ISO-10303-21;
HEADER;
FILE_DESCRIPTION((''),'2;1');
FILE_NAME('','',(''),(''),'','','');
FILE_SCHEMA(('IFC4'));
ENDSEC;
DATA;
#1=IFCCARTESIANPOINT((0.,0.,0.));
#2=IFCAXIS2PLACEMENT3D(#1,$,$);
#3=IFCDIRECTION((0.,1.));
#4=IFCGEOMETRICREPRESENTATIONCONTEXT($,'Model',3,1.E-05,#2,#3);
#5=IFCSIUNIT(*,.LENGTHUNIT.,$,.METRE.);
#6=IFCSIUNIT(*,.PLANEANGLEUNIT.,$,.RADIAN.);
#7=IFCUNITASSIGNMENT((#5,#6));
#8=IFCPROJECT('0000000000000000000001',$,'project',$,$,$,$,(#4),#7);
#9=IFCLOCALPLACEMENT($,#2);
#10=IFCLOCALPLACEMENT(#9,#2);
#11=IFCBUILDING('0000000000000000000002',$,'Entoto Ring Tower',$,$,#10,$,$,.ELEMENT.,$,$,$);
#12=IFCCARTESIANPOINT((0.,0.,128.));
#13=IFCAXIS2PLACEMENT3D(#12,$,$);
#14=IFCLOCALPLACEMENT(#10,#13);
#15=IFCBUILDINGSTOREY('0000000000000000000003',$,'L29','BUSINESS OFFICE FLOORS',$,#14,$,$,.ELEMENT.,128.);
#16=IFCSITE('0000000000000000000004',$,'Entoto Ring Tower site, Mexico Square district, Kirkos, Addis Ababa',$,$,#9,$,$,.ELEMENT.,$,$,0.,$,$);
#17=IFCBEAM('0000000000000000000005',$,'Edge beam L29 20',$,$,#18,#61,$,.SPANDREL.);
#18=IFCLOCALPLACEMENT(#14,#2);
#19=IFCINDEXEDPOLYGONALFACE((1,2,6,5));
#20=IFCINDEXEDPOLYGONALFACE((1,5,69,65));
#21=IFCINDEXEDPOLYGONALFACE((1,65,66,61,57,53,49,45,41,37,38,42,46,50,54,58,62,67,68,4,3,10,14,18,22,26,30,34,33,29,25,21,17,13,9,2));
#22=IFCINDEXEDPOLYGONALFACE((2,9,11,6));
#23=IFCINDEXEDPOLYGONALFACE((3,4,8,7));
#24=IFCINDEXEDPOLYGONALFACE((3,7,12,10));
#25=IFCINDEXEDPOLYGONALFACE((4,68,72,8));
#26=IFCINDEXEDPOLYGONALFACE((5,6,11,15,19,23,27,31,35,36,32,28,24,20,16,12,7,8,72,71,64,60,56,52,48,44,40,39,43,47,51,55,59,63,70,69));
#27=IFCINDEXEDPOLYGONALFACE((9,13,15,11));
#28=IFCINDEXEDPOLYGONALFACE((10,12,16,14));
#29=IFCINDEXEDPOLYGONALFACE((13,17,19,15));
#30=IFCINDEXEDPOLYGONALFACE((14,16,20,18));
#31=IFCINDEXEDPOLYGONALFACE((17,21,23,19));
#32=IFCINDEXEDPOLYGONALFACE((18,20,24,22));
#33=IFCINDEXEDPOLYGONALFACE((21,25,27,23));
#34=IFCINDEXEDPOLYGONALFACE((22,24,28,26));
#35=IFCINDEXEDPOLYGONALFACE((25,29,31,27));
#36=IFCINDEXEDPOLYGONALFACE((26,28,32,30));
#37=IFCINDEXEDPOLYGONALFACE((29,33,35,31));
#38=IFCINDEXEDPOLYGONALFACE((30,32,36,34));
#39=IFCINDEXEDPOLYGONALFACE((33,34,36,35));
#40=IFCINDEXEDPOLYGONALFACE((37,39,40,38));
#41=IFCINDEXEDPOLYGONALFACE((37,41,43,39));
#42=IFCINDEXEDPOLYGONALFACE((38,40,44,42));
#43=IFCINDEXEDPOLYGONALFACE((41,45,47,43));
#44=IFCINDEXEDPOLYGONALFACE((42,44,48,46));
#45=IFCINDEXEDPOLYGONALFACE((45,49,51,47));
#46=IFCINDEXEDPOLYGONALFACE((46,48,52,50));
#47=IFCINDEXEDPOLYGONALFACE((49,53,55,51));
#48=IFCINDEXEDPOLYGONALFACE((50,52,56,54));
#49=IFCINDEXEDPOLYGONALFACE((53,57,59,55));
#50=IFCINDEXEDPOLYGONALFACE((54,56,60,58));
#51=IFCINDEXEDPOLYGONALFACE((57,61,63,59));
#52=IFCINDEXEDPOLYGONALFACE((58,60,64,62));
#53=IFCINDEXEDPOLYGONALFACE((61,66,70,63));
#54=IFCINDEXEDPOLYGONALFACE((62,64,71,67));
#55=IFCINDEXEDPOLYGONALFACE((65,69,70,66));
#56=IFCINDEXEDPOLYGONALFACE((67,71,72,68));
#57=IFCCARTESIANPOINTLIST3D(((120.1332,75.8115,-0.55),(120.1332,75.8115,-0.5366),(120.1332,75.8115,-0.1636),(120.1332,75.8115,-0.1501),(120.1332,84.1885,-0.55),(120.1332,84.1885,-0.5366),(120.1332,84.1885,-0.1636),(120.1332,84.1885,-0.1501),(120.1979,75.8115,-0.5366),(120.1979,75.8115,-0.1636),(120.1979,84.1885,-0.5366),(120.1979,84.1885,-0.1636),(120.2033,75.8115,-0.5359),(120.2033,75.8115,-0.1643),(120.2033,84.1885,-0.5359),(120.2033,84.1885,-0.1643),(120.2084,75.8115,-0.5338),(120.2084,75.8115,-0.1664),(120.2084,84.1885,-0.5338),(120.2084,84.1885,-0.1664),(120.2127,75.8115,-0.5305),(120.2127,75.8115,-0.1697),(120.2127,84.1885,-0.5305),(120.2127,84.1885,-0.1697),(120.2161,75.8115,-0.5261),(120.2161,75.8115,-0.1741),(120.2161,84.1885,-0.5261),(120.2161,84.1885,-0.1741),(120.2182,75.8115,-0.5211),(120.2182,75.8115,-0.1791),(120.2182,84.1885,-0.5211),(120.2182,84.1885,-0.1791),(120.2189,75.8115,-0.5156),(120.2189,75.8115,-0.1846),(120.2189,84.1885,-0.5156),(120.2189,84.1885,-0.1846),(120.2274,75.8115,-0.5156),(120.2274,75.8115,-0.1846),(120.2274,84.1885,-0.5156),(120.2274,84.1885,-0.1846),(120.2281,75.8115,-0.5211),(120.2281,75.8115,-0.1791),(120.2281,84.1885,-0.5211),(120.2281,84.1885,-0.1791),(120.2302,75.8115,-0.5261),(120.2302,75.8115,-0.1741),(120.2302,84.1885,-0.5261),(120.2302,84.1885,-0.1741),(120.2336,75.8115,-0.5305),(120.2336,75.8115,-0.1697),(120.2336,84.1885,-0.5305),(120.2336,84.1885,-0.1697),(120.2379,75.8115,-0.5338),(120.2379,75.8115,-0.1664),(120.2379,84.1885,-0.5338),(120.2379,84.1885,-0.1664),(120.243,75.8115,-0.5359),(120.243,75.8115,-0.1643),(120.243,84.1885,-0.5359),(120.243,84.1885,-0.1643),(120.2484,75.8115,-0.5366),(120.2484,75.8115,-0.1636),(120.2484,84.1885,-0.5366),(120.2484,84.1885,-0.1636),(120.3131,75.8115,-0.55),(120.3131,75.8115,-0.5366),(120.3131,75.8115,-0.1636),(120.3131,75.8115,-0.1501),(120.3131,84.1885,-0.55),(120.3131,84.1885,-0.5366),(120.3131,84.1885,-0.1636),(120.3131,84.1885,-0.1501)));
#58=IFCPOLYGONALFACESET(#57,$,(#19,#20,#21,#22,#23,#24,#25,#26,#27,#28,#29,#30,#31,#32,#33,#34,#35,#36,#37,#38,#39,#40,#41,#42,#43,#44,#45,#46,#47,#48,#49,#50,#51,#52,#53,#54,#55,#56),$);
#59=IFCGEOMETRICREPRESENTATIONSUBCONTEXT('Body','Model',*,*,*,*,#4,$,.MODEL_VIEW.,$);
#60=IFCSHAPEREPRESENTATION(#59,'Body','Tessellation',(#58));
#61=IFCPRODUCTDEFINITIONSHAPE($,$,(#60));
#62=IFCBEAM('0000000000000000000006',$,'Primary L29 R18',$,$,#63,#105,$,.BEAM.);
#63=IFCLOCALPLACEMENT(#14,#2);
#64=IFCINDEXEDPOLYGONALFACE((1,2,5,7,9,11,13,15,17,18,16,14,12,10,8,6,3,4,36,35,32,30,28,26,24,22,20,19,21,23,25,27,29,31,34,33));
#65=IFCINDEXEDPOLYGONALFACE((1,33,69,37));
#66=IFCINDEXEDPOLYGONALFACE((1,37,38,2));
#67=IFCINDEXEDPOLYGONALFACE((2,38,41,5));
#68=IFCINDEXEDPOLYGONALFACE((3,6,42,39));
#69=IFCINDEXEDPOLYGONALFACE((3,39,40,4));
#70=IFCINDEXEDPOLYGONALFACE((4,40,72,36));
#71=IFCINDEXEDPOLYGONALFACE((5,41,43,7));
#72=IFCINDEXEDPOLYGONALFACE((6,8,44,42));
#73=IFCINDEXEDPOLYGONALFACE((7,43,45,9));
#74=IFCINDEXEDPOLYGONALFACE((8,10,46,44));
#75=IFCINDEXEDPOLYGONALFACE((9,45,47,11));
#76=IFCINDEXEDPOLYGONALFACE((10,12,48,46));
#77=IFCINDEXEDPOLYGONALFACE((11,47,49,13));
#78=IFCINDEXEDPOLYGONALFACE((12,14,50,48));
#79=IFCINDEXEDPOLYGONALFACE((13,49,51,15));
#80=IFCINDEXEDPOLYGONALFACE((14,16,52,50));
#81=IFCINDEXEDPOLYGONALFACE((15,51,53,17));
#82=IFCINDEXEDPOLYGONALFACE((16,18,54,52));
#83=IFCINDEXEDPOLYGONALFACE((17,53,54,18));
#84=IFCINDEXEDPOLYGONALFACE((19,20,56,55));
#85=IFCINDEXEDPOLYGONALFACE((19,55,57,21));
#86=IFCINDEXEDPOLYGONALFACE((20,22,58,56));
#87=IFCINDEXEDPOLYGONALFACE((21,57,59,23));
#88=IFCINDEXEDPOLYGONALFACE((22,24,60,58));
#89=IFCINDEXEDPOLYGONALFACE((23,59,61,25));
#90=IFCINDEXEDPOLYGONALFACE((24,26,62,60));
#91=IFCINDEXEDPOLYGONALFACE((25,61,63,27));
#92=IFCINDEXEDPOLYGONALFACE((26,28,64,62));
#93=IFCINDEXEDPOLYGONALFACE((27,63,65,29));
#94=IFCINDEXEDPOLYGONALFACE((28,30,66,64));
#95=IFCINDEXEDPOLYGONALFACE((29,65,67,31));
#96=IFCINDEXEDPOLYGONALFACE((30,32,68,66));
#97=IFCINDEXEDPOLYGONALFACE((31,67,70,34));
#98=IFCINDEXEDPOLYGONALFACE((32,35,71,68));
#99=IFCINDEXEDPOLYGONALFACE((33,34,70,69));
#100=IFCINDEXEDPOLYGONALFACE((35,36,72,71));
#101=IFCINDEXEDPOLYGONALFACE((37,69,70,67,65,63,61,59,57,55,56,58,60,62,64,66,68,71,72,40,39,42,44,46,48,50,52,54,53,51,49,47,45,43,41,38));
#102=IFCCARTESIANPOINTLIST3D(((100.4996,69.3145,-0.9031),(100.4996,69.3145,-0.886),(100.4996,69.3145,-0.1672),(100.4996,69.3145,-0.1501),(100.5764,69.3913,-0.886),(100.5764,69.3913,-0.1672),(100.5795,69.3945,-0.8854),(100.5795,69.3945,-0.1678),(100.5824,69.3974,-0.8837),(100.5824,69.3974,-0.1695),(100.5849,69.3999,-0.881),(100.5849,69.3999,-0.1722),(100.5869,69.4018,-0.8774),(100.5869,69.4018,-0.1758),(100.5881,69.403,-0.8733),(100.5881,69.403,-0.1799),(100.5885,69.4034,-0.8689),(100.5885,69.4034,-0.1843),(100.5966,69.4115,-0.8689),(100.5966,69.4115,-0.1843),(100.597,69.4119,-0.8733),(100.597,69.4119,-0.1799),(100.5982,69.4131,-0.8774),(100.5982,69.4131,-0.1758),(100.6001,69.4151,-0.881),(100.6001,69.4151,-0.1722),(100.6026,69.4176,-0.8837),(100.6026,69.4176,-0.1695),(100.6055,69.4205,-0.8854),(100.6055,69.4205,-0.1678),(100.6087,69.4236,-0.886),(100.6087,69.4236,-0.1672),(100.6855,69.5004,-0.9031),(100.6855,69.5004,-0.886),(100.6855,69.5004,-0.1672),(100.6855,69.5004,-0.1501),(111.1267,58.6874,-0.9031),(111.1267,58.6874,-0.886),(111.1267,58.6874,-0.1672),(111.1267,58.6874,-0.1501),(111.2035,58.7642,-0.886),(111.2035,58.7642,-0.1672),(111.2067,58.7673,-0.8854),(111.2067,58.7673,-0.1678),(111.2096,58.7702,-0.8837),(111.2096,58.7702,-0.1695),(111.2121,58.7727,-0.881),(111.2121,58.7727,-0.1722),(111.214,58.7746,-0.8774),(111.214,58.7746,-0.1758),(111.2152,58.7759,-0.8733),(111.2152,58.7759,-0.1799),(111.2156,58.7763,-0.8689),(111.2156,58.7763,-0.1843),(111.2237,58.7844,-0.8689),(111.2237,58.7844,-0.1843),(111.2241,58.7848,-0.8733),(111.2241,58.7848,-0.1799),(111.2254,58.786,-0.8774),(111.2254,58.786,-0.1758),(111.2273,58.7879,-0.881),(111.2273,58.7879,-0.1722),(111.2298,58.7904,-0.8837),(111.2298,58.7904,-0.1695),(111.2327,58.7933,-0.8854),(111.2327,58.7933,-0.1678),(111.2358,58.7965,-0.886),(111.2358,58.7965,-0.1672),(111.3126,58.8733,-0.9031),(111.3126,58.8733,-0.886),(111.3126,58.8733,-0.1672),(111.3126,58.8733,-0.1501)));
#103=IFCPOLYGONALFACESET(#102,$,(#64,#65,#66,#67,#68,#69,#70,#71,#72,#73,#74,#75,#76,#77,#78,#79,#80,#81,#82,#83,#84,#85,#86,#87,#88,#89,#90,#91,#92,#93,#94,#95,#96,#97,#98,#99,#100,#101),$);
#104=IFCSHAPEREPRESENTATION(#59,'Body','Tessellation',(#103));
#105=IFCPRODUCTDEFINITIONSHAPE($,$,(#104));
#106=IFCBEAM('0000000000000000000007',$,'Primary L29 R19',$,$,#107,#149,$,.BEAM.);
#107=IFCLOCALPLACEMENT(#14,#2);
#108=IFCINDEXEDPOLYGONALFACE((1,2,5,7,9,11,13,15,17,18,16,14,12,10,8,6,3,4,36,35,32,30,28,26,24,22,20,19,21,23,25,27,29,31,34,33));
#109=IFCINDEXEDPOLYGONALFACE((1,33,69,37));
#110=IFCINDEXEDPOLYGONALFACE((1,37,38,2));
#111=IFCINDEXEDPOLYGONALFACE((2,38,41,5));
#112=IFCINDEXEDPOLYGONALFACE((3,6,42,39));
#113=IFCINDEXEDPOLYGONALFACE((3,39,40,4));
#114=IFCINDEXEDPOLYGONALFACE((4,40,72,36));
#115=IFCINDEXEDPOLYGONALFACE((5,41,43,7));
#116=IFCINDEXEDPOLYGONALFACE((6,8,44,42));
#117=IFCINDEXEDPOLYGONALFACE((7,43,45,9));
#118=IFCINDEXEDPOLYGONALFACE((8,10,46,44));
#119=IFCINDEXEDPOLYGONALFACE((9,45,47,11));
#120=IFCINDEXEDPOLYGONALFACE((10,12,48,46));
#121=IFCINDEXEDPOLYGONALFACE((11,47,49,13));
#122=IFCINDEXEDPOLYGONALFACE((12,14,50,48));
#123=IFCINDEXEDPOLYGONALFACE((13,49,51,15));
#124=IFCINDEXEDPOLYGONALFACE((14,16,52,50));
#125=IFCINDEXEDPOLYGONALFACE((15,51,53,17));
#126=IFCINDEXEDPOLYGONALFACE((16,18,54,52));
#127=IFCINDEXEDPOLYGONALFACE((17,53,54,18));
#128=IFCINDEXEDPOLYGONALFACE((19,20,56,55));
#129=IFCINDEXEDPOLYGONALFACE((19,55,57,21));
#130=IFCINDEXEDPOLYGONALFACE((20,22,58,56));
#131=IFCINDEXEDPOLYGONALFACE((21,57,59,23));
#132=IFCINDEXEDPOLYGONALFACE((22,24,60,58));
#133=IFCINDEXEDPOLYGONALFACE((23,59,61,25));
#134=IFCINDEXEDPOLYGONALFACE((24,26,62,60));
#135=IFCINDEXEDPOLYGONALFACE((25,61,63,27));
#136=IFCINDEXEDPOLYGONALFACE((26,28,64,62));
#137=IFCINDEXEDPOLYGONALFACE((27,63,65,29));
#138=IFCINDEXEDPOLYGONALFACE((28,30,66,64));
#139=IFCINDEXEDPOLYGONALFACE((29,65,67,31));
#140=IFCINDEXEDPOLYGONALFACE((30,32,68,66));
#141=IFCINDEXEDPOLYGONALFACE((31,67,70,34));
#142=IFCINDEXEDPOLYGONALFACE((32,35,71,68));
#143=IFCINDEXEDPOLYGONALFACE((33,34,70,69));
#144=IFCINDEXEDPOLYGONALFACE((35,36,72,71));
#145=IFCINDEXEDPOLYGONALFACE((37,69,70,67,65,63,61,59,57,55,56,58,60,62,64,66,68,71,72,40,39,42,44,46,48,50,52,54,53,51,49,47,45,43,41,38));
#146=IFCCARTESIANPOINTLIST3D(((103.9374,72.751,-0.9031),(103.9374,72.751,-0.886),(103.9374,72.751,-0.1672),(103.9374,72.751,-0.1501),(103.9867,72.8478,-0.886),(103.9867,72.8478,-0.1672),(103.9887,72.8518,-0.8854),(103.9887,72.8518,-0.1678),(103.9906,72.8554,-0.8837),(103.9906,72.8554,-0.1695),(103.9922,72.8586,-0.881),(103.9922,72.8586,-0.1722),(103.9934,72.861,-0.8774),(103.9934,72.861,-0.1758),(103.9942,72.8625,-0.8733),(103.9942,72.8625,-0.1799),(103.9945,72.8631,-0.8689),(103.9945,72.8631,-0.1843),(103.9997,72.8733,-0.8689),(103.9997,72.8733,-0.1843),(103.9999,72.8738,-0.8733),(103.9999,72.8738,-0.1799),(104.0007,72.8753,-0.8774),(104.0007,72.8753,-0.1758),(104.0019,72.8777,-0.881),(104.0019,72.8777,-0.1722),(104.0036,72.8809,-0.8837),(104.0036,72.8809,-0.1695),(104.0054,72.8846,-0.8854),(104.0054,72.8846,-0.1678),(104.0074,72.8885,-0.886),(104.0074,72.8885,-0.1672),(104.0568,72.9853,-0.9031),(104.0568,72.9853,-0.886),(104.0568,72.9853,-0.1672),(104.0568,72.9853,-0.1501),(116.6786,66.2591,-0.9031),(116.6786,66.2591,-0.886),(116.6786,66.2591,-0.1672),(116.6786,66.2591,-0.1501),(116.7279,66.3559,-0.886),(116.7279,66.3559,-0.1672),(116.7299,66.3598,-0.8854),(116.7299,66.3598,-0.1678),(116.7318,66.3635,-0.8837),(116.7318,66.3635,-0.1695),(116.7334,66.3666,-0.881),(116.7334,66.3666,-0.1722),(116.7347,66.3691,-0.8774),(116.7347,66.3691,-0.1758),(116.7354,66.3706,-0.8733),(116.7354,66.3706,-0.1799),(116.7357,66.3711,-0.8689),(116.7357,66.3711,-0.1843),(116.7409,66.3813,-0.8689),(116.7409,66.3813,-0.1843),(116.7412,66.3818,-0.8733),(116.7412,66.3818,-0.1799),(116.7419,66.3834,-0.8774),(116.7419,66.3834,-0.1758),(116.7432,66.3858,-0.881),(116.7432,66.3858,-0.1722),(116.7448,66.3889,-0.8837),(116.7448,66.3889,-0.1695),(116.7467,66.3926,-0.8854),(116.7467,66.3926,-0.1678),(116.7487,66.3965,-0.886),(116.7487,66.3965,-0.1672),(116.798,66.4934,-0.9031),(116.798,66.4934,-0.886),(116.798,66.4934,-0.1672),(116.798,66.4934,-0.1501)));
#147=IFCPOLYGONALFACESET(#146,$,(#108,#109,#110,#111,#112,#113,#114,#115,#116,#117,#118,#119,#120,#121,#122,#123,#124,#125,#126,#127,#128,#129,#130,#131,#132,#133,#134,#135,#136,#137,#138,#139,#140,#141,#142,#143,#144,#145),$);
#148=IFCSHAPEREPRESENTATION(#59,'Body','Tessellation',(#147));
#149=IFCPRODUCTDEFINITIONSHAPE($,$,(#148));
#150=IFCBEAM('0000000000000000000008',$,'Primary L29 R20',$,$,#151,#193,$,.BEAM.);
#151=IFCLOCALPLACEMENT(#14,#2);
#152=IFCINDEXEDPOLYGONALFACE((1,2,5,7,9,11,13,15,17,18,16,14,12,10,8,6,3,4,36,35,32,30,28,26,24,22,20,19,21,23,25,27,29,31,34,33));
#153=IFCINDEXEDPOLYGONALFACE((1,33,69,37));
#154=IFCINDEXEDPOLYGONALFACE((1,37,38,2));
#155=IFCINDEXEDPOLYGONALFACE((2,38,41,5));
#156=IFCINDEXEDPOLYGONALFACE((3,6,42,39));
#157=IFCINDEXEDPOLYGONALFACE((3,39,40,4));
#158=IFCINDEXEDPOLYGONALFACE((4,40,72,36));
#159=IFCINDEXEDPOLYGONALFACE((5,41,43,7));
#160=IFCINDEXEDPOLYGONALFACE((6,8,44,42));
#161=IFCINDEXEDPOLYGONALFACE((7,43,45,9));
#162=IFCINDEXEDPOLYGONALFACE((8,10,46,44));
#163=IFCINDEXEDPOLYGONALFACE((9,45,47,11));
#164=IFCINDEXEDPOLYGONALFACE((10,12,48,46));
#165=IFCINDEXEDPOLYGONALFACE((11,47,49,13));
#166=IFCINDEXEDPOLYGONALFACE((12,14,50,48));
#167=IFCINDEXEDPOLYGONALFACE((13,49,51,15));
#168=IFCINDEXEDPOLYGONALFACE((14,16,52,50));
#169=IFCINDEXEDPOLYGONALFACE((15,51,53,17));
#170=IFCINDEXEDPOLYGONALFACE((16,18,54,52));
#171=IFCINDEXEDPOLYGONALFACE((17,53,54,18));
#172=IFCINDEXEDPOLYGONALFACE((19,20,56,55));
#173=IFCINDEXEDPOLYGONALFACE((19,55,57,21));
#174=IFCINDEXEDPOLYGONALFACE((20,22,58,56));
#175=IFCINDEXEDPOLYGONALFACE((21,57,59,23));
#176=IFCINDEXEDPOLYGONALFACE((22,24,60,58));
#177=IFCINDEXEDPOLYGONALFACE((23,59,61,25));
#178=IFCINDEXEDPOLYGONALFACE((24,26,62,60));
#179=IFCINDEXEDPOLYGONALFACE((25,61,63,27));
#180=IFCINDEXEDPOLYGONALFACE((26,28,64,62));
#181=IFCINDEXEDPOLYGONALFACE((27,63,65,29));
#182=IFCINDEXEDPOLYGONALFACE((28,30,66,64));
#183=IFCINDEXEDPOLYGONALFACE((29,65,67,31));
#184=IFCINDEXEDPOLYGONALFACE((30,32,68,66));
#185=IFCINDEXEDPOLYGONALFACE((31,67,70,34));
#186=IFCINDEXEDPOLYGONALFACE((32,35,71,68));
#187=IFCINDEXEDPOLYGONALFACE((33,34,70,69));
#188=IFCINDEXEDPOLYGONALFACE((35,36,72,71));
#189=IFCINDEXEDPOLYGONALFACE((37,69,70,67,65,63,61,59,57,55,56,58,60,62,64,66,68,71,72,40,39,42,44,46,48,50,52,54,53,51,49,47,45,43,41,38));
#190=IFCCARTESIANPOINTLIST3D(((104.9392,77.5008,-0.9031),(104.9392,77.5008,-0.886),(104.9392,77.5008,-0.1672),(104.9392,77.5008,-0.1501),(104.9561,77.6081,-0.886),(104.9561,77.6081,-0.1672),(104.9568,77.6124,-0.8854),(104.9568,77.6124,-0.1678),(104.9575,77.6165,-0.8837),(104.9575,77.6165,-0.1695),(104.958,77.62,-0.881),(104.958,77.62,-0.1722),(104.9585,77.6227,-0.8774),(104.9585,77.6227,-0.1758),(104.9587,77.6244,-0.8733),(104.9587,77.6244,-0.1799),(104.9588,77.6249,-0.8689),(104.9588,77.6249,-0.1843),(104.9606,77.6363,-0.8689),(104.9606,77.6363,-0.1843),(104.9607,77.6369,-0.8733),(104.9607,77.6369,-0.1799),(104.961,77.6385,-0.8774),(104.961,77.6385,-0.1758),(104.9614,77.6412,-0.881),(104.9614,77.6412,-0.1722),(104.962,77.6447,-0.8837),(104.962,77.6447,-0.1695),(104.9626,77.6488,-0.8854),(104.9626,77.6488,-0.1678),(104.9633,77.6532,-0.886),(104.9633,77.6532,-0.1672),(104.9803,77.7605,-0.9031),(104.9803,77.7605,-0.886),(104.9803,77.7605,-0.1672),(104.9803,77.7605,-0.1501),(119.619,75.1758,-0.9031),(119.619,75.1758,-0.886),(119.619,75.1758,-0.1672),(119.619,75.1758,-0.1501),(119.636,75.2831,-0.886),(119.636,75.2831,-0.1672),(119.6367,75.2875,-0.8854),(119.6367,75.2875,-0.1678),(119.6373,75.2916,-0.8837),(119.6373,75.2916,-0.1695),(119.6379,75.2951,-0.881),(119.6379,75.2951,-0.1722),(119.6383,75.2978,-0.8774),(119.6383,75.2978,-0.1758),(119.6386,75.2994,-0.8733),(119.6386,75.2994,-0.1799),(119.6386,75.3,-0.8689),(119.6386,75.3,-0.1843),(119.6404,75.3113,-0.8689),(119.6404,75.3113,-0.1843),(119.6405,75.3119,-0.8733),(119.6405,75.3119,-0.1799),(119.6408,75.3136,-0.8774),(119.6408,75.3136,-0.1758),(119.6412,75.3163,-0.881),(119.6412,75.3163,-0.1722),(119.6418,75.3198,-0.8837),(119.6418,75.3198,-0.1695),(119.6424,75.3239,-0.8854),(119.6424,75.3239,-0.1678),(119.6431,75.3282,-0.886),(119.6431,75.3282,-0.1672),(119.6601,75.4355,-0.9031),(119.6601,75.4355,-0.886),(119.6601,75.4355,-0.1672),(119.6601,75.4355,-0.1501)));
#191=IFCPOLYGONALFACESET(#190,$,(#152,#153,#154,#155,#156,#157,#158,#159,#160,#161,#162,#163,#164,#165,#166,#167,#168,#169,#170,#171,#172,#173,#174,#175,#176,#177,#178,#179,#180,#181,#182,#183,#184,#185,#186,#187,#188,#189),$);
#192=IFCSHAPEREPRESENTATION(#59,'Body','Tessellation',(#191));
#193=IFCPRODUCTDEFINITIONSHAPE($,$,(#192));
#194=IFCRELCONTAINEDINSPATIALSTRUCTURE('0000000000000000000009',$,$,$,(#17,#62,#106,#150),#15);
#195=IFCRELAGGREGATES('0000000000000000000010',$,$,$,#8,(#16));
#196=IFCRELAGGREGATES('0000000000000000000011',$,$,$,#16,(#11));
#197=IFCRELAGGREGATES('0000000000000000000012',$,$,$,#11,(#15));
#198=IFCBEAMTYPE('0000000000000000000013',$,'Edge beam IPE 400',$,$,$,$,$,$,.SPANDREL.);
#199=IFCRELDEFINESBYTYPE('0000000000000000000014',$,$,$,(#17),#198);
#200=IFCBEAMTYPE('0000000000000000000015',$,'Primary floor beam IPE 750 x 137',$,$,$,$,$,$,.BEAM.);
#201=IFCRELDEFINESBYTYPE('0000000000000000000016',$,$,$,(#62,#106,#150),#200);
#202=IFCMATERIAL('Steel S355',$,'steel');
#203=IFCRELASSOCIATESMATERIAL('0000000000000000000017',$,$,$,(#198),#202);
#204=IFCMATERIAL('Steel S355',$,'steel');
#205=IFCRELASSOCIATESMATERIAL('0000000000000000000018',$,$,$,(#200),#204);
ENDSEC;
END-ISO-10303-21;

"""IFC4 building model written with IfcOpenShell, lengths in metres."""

from ifc_helpers import new_model, si_unit, direction, frame, origin, origin_2d, place, context, subcontext, project, spatial, i_section, extrude, material, material_profile, profile_set, type_object, element, save


model = new_model("IFC4")

# Units and contexts
model_context = context("Model", 3, precision=1e-05, world=origin(), true_north=direction((0.0, 1.0)))
body_context = subcontext(model_context, "Body", "Model", "MODEL_VIEW")
ifc_project = project(units=[si_unit("LENGTHUNIT", "METRE"), si_unit("PLANEANGLEUNIT", "RADIAN")], contexts=[model_context])

# Site, building, storey
site_placement = place(None, origin())
site = spatial("IfcSite", under=ifc_project, at=site_placement, Name="Entoto Ring Tower site, Mexico Square district, Kirkos, Addis Ababa", CompositionType="ELEMENT", RefElevation=0.0)
building_placement = place(site_placement, origin())
building = spatial("IfcBuilding", under=site, at=building_placement, Name="Entoto Ring Tower", CompositionType="ELEMENT")
storey_placement = place(building_placement, frame((0.0, 0.0, 128.0)))
storey = spatial("IfcBuildingStorey", under=building, at=storey_placement, Name="L29", Description="BUSINESS OFFICE FLOORS", CompositionType="ELEMENT", Elevation=128.0)

# Beams
ifc_material_1 = material(Name="Steel S355", Category="steel")
ifc_material_profile_1 = material_profile(ifc_material_1, i_section(OverallWidth=0.1799, OverallDepth=0.3999, WebThickness=0.0085, FlangeThickness=0.0134, FilletRadius=0.021, at=origin_2d()), Name="IPE 400")
ifc_profile_set_1 = profile_set([ifc_material_profile_1], Name="Steel S355")
beam_type_1 = type_object("IfcBeamType", Name="Edge beam IPE 400", PredefinedType="SPANDREL", material=ifc_profile_set_1)
for number, where, z_axis, x_axis, name in (
    (1, (120.2231, 75.8115, -0.3501), (0.0, 1.0, 0.0), (-1.0, 0.0, 0.0), "Edge beam L29 20"),
):
    element("IfcBeam", number, at=place(storey_placement, frame(where, z_axis=z_axis, x_axis=x_axis)), inside=storey, type_object=beam_type_1, Name=name, PredefinedType="SPANDREL", context=body_context, shape_type="SweptSolid", body=[
        extrude(i_section(OverallWidth=0.1799, OverallDepth=0.3999, WebThickness=0.0085, FlangeThickness=0.0134, FilletRadius=0.021, at=origin_2d()), origin(), (0.0, 0.0, 1.0), 8.377),
    ])
ifc_material_2 = material(Name="Steel S355", Category="steel")
ifc_material_profile_2 = material_profile(ifc_material_2, i_section(OverallWidth=0.2629, OverallDepth=0.7529, WebThickness=0.0115, FlangeThickness=0.0171, FilletRadius=0.0171, at=origin_2d()), Name="IPE 750 x 137")
ifc_profile_set_2 = profile_set([ifc_material_profile_2], Name="Steel S355")
beam_type_2 = type_object("IfcBeamType", Name="Primary floor beam IPE 750 x 137", PredefinedType="BEAM", material=ifc_profile_set_2)
beam_1_placement = place(storey_placement, frame((100.5925, 69.4075, -0.5266), z_axis=(0.707107, -0.707107, 0.0), x_axis=(0.707107, 0.707107, 0.0)))
element("IfcBeam", 2, at=beam_1_placement, inside=storey, type_object=beam_type_2, Name="Primary L29 R18", PredefinedType="BEAM", context=body_context, shape_type="SweptSolid", body=[
    extrude(i_section(OverallWidth=0.2629, OverallDepth=0.7529, WebThickness=0.0115, FlangeThickness=0.0171, FilletRadius=0.0171, at=origin_2d()), origin(), (0.0, 0.0, 1.0), 15.0291),
])
beam_2_placement = place(storey_placement, frame((103.9971, 72.8682, -0.5266), z_axis=(0.891007, -0.453989, 0.0), x_axis=(0.453989, 0.891007, 0.0)))
element("IfcBeam", 3, at=beam_2_placement, inside=storey, type_object=beam_type_2, Name="Primary L29 R19", PredefinedType="BEAM", context=body_context, shape_type="SweptSolid", body=[
    extrude(i_section(OverallWidth=0.2629, OverallDepth=0.7529, WebThickness=0.0115, FlangeThickness=0.0171, FilletRadius=0.0171, at=origin_2d()), origin(), (0.0, 0.0, 1.0), 14.2998),
])
beam_3_placement = place(storey_placement, frame((104.9597, 77.6306, -0.5266), z_axis=(0.98769, -0.156426, 0.0), x_axis=(0.156426, 0.98769, 0.0)))
element("IfcBeam", 4, at=beam_3_placement, inside=storey, type_object=beam_type_2, Name="Primary L29 R20", PredefinedType="BEAM", context=body_context, shape_type="SweptSolid", body=[
    extrude(i_section(OverallWidth=0.2629, OverallDepth=0.7529, WebThickness=0.0115, FlangeThickness=0.0171, FilletRadius=0.0171, at=origin_2d()), origin(), (0.0, 0.0, 1.0), 14.8628),
])

save(model, "model.ifc")
